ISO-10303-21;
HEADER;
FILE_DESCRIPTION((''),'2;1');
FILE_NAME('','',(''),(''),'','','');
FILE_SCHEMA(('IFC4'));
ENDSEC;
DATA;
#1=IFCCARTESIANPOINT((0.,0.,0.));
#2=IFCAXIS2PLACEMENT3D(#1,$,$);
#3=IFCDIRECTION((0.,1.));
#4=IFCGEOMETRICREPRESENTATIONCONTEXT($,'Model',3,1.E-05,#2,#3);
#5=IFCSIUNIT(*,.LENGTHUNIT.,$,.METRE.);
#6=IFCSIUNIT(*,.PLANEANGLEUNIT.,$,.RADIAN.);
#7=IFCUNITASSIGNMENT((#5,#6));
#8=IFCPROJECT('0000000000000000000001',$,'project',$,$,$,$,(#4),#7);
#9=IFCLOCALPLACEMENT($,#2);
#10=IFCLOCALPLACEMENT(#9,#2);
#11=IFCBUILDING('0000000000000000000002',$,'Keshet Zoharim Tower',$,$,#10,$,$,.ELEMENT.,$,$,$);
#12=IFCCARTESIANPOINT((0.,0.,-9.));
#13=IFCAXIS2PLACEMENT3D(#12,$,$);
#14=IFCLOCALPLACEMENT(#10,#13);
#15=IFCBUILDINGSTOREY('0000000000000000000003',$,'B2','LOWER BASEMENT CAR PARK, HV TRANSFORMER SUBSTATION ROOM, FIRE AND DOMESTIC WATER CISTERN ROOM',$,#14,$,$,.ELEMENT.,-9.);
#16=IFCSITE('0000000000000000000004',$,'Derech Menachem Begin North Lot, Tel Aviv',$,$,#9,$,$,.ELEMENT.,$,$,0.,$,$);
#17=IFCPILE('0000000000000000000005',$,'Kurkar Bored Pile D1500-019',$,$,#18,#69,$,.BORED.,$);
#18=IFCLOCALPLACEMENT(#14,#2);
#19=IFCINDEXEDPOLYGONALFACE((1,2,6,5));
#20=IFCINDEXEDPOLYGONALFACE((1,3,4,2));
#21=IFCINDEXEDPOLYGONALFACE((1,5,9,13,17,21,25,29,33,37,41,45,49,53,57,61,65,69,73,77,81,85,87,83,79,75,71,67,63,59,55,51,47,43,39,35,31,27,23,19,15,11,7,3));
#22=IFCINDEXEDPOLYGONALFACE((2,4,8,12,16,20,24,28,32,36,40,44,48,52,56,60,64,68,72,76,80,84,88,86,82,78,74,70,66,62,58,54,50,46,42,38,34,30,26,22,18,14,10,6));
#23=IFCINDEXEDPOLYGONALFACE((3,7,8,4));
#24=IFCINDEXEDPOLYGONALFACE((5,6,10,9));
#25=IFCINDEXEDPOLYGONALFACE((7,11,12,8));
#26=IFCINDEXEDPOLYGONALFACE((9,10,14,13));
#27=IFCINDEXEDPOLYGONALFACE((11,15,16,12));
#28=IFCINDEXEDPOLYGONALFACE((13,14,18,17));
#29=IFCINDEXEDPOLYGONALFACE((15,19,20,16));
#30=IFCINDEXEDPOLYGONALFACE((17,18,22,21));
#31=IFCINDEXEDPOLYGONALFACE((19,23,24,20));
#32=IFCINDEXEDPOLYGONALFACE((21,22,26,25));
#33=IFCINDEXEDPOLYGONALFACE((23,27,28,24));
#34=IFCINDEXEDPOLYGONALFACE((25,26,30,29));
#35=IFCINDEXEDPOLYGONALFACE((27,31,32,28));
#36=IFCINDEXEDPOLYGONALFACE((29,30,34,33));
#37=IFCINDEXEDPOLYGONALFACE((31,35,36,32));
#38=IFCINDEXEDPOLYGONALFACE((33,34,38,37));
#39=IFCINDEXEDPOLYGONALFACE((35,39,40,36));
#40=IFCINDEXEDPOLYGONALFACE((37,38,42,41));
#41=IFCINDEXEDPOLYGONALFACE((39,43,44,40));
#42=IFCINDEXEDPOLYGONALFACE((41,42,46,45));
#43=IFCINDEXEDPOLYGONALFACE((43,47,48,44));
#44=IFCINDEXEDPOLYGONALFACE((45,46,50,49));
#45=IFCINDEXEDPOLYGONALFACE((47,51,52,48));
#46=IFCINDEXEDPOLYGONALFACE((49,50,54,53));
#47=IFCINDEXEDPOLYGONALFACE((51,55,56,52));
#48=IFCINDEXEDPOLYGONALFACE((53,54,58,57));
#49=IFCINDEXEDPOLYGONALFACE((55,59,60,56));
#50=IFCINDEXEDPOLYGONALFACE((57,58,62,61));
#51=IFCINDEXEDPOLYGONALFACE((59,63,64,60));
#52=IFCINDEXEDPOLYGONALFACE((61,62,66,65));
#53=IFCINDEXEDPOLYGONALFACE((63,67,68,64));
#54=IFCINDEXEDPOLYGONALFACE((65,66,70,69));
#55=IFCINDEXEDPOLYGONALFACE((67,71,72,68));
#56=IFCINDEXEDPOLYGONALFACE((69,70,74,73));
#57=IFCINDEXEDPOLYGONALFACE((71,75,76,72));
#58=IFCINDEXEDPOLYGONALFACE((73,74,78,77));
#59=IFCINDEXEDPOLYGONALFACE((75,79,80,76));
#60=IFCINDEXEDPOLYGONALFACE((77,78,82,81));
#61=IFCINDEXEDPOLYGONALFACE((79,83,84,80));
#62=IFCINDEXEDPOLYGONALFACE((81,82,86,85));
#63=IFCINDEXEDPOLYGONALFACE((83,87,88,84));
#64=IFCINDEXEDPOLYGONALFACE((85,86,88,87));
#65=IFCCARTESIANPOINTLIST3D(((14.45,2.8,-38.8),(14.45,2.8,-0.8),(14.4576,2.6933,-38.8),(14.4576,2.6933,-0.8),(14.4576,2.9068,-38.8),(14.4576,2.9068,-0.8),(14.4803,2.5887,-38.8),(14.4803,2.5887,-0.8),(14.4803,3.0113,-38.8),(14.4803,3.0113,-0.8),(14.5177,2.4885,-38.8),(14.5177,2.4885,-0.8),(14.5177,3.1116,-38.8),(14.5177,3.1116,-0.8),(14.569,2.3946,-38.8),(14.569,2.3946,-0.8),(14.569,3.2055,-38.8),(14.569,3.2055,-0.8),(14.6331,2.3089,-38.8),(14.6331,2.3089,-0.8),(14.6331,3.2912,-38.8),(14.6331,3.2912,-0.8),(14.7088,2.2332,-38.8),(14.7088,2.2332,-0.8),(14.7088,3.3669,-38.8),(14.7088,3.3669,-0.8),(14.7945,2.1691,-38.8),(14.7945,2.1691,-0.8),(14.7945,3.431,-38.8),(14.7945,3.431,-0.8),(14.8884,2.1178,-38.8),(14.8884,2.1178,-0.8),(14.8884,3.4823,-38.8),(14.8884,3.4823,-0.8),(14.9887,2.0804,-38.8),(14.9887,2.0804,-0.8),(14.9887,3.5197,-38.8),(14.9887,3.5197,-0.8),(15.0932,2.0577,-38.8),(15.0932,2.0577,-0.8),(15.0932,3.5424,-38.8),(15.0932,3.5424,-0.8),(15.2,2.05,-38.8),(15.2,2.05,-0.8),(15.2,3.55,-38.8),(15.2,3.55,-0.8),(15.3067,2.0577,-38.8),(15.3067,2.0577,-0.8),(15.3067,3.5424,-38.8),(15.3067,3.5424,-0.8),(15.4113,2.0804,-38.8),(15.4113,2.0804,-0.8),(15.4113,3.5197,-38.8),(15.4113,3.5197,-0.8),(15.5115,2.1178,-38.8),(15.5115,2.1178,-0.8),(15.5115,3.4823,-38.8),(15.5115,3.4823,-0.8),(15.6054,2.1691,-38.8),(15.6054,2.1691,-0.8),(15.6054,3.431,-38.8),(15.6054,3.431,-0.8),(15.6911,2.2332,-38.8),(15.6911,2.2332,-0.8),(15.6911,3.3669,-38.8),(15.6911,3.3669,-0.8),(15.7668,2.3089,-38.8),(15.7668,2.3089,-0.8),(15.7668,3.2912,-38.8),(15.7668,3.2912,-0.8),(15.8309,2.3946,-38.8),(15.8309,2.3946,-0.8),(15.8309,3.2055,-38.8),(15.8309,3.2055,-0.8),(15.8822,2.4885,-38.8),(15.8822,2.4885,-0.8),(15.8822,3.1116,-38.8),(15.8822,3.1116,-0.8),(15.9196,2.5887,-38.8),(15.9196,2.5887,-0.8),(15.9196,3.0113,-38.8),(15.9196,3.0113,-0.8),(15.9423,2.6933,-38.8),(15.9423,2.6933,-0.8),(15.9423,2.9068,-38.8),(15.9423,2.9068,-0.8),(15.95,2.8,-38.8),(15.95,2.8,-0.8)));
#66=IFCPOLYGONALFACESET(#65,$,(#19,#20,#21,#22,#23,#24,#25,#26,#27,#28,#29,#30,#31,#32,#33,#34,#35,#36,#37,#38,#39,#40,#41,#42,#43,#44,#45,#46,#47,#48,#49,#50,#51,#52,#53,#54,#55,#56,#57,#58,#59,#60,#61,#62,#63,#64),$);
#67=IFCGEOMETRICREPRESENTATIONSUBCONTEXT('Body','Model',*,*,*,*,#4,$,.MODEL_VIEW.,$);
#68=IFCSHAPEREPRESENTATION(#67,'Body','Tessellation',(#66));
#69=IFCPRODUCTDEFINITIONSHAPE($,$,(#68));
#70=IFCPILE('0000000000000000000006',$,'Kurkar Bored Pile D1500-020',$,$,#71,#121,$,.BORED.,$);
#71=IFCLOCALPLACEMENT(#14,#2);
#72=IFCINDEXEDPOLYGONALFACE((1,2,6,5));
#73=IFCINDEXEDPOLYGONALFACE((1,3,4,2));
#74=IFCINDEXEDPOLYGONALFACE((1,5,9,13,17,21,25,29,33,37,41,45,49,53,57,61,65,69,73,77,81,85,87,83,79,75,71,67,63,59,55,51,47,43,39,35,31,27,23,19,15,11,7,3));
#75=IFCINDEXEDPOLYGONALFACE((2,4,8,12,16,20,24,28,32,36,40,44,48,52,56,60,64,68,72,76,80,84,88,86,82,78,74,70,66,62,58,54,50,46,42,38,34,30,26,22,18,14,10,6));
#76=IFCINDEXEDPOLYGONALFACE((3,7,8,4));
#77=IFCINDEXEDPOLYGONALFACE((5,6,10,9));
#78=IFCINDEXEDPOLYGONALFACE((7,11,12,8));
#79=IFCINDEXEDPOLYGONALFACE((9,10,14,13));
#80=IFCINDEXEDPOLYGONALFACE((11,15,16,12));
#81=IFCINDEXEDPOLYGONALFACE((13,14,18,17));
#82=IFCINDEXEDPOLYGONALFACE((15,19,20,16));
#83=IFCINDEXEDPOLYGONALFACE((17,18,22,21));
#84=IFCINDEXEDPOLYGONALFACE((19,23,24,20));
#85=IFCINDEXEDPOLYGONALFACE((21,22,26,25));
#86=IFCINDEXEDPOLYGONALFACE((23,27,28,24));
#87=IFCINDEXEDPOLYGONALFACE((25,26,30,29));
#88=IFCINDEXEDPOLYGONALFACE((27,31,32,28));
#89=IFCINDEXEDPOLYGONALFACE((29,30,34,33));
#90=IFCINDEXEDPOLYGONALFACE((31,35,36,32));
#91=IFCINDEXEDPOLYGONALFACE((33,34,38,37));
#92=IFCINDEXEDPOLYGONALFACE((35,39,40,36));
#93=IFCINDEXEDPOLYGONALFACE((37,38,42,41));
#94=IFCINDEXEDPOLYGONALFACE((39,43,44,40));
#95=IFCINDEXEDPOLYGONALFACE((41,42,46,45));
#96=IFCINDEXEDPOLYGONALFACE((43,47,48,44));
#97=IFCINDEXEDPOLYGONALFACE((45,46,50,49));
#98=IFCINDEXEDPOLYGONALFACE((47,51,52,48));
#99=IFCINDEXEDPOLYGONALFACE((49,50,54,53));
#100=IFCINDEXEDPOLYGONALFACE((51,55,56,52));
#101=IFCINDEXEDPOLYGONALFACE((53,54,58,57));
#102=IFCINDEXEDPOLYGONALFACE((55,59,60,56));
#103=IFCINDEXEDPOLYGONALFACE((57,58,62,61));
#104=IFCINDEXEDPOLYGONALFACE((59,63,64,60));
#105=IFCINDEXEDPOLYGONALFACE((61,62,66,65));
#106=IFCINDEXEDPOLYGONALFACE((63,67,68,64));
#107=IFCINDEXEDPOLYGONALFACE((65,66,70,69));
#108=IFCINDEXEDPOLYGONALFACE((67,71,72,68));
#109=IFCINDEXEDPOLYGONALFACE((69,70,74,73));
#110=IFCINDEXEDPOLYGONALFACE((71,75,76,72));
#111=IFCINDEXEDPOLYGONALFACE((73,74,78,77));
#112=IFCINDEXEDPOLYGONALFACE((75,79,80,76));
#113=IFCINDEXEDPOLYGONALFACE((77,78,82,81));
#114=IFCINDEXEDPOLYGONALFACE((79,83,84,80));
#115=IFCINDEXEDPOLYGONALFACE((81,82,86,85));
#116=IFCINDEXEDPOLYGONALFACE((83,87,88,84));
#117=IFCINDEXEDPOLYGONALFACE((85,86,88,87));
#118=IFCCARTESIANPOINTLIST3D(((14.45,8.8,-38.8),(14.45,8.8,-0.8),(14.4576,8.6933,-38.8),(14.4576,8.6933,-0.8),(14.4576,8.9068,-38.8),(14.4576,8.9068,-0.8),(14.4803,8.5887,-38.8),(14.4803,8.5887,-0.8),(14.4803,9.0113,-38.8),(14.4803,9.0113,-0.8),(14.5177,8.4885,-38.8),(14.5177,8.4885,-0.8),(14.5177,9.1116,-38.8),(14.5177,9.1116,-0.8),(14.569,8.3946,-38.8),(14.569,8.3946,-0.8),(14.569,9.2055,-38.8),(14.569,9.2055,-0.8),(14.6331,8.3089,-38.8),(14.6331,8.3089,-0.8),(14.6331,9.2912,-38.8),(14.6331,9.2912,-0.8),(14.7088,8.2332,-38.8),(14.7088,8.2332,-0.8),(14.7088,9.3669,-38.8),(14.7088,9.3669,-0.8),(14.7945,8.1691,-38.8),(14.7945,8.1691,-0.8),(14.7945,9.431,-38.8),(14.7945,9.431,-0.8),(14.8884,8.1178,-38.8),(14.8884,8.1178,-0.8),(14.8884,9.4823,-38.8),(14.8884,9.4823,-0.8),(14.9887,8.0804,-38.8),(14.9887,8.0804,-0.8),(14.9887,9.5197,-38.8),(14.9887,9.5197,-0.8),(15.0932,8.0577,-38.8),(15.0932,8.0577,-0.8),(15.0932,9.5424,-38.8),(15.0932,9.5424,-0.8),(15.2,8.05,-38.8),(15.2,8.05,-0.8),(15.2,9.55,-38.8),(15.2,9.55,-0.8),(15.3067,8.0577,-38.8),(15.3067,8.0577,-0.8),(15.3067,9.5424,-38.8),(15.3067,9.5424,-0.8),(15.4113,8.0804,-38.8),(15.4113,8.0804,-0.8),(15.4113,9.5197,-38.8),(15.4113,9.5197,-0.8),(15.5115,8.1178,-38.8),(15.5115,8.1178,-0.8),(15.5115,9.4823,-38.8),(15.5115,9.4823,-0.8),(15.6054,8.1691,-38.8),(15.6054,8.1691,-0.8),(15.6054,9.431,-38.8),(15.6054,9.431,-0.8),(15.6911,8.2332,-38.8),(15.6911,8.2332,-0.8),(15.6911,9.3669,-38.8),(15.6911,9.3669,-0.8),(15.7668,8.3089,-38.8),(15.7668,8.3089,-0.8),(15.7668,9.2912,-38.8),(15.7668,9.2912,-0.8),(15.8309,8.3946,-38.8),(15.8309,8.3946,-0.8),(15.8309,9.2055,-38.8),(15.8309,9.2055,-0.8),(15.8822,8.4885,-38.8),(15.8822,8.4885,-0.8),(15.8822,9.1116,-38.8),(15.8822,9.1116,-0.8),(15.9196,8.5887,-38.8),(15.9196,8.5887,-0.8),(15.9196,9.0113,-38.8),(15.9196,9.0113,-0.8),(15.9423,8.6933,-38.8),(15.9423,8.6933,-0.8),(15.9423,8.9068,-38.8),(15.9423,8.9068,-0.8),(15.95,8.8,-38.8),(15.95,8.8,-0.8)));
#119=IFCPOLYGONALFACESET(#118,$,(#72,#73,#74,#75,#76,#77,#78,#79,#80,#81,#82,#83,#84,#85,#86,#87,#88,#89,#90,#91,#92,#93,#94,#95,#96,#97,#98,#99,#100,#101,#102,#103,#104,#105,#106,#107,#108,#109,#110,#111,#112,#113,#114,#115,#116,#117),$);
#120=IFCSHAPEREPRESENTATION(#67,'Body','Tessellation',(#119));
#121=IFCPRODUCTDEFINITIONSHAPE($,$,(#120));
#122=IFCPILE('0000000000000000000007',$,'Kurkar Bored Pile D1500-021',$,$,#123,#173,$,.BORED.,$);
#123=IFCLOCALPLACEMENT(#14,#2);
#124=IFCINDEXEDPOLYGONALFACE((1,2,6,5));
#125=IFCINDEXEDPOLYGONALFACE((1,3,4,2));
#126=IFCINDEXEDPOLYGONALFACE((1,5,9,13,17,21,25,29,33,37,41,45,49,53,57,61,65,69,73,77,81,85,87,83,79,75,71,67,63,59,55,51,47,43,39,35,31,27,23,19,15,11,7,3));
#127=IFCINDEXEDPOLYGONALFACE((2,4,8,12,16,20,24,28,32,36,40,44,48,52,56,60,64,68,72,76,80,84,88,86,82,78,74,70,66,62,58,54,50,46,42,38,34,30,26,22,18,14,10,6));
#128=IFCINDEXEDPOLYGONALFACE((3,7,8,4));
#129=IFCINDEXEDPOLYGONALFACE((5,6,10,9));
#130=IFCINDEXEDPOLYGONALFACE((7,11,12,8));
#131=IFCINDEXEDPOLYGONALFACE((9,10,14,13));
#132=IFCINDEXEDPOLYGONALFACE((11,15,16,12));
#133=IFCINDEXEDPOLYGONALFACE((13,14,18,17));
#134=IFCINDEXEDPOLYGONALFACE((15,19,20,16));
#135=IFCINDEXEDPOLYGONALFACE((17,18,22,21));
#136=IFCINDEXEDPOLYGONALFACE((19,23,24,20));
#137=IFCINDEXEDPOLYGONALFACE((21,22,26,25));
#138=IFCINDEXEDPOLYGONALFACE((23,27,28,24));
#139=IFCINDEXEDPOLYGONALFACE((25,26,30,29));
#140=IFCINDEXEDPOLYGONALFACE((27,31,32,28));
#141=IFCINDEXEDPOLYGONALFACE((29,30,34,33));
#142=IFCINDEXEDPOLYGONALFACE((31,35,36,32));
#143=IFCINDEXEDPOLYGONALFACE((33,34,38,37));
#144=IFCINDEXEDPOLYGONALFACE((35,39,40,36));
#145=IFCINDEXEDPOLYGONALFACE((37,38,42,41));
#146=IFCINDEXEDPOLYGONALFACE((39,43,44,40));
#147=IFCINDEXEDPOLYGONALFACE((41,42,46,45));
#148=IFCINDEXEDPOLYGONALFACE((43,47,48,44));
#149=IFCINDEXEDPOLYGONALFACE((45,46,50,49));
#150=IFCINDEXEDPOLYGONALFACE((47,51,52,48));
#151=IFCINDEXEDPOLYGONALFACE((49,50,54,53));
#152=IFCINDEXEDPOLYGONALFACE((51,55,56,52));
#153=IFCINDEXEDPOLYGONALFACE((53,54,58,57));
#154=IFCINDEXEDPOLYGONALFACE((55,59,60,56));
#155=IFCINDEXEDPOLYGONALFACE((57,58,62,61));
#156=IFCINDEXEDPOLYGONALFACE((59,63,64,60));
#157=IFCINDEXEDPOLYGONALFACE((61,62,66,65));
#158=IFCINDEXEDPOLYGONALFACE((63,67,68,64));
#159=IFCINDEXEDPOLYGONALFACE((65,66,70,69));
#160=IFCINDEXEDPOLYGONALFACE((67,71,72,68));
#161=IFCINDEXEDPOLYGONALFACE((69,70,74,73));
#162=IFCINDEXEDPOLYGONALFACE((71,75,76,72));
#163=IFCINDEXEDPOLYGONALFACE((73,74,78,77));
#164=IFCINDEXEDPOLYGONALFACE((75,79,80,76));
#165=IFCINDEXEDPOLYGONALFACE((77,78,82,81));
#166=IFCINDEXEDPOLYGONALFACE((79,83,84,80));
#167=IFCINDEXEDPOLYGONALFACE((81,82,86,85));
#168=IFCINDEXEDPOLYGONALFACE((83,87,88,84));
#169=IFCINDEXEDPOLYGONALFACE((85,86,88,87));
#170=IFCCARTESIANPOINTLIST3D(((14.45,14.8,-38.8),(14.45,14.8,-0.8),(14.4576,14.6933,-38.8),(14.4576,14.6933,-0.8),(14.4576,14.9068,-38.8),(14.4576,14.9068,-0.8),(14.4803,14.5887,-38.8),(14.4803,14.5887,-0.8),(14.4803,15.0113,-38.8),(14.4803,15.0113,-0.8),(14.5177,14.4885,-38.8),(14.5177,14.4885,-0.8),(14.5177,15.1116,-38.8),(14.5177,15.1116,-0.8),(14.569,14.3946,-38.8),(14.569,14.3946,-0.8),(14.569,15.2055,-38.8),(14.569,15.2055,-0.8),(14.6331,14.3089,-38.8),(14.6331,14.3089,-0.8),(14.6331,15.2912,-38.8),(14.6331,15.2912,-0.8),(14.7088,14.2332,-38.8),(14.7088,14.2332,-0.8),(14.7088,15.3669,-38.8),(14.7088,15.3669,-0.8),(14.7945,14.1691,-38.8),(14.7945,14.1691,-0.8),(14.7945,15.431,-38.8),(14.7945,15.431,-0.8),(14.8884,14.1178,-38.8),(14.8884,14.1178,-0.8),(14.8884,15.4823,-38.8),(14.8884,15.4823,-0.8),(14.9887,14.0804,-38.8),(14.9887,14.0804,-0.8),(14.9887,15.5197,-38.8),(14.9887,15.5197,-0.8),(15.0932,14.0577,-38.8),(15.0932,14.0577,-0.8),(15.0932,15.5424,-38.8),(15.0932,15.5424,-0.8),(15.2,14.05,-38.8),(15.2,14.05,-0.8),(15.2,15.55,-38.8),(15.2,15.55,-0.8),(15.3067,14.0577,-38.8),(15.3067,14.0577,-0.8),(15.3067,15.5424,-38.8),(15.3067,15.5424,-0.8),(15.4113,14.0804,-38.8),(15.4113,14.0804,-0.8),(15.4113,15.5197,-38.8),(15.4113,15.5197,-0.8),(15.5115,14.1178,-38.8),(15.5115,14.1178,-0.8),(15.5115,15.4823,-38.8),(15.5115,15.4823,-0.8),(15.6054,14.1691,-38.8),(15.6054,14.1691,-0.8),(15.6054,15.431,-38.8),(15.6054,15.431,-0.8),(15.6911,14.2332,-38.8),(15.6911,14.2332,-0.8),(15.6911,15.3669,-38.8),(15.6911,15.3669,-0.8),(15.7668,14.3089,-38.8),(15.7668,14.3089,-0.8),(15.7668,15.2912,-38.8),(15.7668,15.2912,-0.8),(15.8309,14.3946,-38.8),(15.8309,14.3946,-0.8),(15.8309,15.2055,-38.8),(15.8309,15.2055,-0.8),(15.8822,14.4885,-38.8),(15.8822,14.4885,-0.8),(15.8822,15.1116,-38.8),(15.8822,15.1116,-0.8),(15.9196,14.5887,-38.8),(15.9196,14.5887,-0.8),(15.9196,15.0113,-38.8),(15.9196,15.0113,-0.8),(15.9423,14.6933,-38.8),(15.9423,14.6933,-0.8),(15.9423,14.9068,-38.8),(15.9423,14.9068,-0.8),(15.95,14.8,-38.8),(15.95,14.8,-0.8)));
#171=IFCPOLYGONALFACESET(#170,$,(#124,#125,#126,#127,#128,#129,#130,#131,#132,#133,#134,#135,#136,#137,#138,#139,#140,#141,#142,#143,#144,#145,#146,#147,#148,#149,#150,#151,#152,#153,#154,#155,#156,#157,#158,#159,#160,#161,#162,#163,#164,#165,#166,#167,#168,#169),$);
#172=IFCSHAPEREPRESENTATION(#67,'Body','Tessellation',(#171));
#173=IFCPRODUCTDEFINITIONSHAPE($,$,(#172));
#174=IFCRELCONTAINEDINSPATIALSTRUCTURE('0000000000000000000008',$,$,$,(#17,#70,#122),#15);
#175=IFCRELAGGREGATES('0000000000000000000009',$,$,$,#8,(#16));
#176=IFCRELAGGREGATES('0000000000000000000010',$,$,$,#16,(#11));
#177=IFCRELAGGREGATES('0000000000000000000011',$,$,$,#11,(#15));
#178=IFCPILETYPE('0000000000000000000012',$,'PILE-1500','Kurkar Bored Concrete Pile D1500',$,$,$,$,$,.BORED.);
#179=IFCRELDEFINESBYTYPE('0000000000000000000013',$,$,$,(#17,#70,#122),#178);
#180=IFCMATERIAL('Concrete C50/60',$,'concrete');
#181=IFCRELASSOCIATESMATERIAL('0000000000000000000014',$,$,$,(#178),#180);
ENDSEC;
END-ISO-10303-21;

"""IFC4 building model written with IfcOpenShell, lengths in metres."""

from ifc_helpers import new_model, si_unit, direction, frame, origin, origin_2d, place, context, subcontext, project, spatial, circle, extrude, material, material_profile, profile_set, type_object, element, save


model = new_model("IFC4")

# Units and contexts
model_context = context("Model", 3, precision=1e-05, world=origin(), true_north=direction((0.0, 1.0)))
body_context = subcontext(model_context, "Body", "Model", "MODEL_VIEW")
ifc_project = project(units=[si_unit("LENGTHUNIT", "METRE"), si_unit("PLANEANGLEUNIT", "RADIAN")], contexts=[model_context])

# Site, building, storey
site_placement = place(None, origin())
site = spatial("IfcSite", under=ifc_project, at=site_placement, Name="Derech Menachem Begin North Lot, Tel Aviv", CompositionType="ELEMENT", RefElevation=0.0)
building_placement = place(site_placement, origin())
building = spatial("IfcBuilding", under=site, at=building_placement, Name="Keshet Zoharim Tower", CompositionType="ELEMENT")
storey_placement = place(building_placement, frame((0.0, 0.0, -9.0)))
storey = spatial("IfcBuildingStorey", under=building, at=storey_placement, Name="B2", Description="LOWER BASEMENT CAR PARK, HV TRANSFORMER SUBSTATION ROOM, FIRE AND DOMESTIC WATER CISTERN ROOM", CompositionType="ELEMENT", Elevation=-9.0)

# Piles
ifc_material_1 = material(Name="Concrete C50/60", Category="concrete")
ifc_material_profile_1 = material_profile(ifc_material_1, circle(Radius=0.75, at=origin_2d()), Name="PILE-D1500")
ifc_profile_set_1 = profile_set([ifc_material_profile_1], Name="Concrete C50/60")
pile_type = type_object("IfcPileType", Name="PILE-1500", Description="Kurkar Bored Concrete Pile D1500", PredefinedType="BORED", material=ifc_profile_set_1)
for number, where, z_axis, x_axis, name in (
    (1, (15.2, 2.8, -0.8), (0.0, 0.0, -1.0), (1.0, 0.0, 0.0), "Kurkar Bored Pile D1500-019"),
    (2, (15.2, 8.8, -0.8), (0.0, 0.0, -1.0), (1.0, 0.0, 0.0), "Kurkar Bored Pile D1500-020"),
    (3, (15.2, 14.8, -0.8), (0.0, 0.0, -1.0), (1.0, 0.0, 0.0), "Kurkar Bored Pile D1500-021"),
):
    element("IfcPile", number, at=place(storey_placement, frame(where, z_axis=z_axis, x_axis=x_axis)), inside=storey, type_object=pile_type, Name=name, PredefinedType="BORED", context=body_context, shape_type="SweptSolid", body=[
        extrude(circle(Radius=0.75, at=origin_2d()), origin(), (0.0, 0.0, 1.0), 38.0),
    ])

save(model, "model.ifc")
